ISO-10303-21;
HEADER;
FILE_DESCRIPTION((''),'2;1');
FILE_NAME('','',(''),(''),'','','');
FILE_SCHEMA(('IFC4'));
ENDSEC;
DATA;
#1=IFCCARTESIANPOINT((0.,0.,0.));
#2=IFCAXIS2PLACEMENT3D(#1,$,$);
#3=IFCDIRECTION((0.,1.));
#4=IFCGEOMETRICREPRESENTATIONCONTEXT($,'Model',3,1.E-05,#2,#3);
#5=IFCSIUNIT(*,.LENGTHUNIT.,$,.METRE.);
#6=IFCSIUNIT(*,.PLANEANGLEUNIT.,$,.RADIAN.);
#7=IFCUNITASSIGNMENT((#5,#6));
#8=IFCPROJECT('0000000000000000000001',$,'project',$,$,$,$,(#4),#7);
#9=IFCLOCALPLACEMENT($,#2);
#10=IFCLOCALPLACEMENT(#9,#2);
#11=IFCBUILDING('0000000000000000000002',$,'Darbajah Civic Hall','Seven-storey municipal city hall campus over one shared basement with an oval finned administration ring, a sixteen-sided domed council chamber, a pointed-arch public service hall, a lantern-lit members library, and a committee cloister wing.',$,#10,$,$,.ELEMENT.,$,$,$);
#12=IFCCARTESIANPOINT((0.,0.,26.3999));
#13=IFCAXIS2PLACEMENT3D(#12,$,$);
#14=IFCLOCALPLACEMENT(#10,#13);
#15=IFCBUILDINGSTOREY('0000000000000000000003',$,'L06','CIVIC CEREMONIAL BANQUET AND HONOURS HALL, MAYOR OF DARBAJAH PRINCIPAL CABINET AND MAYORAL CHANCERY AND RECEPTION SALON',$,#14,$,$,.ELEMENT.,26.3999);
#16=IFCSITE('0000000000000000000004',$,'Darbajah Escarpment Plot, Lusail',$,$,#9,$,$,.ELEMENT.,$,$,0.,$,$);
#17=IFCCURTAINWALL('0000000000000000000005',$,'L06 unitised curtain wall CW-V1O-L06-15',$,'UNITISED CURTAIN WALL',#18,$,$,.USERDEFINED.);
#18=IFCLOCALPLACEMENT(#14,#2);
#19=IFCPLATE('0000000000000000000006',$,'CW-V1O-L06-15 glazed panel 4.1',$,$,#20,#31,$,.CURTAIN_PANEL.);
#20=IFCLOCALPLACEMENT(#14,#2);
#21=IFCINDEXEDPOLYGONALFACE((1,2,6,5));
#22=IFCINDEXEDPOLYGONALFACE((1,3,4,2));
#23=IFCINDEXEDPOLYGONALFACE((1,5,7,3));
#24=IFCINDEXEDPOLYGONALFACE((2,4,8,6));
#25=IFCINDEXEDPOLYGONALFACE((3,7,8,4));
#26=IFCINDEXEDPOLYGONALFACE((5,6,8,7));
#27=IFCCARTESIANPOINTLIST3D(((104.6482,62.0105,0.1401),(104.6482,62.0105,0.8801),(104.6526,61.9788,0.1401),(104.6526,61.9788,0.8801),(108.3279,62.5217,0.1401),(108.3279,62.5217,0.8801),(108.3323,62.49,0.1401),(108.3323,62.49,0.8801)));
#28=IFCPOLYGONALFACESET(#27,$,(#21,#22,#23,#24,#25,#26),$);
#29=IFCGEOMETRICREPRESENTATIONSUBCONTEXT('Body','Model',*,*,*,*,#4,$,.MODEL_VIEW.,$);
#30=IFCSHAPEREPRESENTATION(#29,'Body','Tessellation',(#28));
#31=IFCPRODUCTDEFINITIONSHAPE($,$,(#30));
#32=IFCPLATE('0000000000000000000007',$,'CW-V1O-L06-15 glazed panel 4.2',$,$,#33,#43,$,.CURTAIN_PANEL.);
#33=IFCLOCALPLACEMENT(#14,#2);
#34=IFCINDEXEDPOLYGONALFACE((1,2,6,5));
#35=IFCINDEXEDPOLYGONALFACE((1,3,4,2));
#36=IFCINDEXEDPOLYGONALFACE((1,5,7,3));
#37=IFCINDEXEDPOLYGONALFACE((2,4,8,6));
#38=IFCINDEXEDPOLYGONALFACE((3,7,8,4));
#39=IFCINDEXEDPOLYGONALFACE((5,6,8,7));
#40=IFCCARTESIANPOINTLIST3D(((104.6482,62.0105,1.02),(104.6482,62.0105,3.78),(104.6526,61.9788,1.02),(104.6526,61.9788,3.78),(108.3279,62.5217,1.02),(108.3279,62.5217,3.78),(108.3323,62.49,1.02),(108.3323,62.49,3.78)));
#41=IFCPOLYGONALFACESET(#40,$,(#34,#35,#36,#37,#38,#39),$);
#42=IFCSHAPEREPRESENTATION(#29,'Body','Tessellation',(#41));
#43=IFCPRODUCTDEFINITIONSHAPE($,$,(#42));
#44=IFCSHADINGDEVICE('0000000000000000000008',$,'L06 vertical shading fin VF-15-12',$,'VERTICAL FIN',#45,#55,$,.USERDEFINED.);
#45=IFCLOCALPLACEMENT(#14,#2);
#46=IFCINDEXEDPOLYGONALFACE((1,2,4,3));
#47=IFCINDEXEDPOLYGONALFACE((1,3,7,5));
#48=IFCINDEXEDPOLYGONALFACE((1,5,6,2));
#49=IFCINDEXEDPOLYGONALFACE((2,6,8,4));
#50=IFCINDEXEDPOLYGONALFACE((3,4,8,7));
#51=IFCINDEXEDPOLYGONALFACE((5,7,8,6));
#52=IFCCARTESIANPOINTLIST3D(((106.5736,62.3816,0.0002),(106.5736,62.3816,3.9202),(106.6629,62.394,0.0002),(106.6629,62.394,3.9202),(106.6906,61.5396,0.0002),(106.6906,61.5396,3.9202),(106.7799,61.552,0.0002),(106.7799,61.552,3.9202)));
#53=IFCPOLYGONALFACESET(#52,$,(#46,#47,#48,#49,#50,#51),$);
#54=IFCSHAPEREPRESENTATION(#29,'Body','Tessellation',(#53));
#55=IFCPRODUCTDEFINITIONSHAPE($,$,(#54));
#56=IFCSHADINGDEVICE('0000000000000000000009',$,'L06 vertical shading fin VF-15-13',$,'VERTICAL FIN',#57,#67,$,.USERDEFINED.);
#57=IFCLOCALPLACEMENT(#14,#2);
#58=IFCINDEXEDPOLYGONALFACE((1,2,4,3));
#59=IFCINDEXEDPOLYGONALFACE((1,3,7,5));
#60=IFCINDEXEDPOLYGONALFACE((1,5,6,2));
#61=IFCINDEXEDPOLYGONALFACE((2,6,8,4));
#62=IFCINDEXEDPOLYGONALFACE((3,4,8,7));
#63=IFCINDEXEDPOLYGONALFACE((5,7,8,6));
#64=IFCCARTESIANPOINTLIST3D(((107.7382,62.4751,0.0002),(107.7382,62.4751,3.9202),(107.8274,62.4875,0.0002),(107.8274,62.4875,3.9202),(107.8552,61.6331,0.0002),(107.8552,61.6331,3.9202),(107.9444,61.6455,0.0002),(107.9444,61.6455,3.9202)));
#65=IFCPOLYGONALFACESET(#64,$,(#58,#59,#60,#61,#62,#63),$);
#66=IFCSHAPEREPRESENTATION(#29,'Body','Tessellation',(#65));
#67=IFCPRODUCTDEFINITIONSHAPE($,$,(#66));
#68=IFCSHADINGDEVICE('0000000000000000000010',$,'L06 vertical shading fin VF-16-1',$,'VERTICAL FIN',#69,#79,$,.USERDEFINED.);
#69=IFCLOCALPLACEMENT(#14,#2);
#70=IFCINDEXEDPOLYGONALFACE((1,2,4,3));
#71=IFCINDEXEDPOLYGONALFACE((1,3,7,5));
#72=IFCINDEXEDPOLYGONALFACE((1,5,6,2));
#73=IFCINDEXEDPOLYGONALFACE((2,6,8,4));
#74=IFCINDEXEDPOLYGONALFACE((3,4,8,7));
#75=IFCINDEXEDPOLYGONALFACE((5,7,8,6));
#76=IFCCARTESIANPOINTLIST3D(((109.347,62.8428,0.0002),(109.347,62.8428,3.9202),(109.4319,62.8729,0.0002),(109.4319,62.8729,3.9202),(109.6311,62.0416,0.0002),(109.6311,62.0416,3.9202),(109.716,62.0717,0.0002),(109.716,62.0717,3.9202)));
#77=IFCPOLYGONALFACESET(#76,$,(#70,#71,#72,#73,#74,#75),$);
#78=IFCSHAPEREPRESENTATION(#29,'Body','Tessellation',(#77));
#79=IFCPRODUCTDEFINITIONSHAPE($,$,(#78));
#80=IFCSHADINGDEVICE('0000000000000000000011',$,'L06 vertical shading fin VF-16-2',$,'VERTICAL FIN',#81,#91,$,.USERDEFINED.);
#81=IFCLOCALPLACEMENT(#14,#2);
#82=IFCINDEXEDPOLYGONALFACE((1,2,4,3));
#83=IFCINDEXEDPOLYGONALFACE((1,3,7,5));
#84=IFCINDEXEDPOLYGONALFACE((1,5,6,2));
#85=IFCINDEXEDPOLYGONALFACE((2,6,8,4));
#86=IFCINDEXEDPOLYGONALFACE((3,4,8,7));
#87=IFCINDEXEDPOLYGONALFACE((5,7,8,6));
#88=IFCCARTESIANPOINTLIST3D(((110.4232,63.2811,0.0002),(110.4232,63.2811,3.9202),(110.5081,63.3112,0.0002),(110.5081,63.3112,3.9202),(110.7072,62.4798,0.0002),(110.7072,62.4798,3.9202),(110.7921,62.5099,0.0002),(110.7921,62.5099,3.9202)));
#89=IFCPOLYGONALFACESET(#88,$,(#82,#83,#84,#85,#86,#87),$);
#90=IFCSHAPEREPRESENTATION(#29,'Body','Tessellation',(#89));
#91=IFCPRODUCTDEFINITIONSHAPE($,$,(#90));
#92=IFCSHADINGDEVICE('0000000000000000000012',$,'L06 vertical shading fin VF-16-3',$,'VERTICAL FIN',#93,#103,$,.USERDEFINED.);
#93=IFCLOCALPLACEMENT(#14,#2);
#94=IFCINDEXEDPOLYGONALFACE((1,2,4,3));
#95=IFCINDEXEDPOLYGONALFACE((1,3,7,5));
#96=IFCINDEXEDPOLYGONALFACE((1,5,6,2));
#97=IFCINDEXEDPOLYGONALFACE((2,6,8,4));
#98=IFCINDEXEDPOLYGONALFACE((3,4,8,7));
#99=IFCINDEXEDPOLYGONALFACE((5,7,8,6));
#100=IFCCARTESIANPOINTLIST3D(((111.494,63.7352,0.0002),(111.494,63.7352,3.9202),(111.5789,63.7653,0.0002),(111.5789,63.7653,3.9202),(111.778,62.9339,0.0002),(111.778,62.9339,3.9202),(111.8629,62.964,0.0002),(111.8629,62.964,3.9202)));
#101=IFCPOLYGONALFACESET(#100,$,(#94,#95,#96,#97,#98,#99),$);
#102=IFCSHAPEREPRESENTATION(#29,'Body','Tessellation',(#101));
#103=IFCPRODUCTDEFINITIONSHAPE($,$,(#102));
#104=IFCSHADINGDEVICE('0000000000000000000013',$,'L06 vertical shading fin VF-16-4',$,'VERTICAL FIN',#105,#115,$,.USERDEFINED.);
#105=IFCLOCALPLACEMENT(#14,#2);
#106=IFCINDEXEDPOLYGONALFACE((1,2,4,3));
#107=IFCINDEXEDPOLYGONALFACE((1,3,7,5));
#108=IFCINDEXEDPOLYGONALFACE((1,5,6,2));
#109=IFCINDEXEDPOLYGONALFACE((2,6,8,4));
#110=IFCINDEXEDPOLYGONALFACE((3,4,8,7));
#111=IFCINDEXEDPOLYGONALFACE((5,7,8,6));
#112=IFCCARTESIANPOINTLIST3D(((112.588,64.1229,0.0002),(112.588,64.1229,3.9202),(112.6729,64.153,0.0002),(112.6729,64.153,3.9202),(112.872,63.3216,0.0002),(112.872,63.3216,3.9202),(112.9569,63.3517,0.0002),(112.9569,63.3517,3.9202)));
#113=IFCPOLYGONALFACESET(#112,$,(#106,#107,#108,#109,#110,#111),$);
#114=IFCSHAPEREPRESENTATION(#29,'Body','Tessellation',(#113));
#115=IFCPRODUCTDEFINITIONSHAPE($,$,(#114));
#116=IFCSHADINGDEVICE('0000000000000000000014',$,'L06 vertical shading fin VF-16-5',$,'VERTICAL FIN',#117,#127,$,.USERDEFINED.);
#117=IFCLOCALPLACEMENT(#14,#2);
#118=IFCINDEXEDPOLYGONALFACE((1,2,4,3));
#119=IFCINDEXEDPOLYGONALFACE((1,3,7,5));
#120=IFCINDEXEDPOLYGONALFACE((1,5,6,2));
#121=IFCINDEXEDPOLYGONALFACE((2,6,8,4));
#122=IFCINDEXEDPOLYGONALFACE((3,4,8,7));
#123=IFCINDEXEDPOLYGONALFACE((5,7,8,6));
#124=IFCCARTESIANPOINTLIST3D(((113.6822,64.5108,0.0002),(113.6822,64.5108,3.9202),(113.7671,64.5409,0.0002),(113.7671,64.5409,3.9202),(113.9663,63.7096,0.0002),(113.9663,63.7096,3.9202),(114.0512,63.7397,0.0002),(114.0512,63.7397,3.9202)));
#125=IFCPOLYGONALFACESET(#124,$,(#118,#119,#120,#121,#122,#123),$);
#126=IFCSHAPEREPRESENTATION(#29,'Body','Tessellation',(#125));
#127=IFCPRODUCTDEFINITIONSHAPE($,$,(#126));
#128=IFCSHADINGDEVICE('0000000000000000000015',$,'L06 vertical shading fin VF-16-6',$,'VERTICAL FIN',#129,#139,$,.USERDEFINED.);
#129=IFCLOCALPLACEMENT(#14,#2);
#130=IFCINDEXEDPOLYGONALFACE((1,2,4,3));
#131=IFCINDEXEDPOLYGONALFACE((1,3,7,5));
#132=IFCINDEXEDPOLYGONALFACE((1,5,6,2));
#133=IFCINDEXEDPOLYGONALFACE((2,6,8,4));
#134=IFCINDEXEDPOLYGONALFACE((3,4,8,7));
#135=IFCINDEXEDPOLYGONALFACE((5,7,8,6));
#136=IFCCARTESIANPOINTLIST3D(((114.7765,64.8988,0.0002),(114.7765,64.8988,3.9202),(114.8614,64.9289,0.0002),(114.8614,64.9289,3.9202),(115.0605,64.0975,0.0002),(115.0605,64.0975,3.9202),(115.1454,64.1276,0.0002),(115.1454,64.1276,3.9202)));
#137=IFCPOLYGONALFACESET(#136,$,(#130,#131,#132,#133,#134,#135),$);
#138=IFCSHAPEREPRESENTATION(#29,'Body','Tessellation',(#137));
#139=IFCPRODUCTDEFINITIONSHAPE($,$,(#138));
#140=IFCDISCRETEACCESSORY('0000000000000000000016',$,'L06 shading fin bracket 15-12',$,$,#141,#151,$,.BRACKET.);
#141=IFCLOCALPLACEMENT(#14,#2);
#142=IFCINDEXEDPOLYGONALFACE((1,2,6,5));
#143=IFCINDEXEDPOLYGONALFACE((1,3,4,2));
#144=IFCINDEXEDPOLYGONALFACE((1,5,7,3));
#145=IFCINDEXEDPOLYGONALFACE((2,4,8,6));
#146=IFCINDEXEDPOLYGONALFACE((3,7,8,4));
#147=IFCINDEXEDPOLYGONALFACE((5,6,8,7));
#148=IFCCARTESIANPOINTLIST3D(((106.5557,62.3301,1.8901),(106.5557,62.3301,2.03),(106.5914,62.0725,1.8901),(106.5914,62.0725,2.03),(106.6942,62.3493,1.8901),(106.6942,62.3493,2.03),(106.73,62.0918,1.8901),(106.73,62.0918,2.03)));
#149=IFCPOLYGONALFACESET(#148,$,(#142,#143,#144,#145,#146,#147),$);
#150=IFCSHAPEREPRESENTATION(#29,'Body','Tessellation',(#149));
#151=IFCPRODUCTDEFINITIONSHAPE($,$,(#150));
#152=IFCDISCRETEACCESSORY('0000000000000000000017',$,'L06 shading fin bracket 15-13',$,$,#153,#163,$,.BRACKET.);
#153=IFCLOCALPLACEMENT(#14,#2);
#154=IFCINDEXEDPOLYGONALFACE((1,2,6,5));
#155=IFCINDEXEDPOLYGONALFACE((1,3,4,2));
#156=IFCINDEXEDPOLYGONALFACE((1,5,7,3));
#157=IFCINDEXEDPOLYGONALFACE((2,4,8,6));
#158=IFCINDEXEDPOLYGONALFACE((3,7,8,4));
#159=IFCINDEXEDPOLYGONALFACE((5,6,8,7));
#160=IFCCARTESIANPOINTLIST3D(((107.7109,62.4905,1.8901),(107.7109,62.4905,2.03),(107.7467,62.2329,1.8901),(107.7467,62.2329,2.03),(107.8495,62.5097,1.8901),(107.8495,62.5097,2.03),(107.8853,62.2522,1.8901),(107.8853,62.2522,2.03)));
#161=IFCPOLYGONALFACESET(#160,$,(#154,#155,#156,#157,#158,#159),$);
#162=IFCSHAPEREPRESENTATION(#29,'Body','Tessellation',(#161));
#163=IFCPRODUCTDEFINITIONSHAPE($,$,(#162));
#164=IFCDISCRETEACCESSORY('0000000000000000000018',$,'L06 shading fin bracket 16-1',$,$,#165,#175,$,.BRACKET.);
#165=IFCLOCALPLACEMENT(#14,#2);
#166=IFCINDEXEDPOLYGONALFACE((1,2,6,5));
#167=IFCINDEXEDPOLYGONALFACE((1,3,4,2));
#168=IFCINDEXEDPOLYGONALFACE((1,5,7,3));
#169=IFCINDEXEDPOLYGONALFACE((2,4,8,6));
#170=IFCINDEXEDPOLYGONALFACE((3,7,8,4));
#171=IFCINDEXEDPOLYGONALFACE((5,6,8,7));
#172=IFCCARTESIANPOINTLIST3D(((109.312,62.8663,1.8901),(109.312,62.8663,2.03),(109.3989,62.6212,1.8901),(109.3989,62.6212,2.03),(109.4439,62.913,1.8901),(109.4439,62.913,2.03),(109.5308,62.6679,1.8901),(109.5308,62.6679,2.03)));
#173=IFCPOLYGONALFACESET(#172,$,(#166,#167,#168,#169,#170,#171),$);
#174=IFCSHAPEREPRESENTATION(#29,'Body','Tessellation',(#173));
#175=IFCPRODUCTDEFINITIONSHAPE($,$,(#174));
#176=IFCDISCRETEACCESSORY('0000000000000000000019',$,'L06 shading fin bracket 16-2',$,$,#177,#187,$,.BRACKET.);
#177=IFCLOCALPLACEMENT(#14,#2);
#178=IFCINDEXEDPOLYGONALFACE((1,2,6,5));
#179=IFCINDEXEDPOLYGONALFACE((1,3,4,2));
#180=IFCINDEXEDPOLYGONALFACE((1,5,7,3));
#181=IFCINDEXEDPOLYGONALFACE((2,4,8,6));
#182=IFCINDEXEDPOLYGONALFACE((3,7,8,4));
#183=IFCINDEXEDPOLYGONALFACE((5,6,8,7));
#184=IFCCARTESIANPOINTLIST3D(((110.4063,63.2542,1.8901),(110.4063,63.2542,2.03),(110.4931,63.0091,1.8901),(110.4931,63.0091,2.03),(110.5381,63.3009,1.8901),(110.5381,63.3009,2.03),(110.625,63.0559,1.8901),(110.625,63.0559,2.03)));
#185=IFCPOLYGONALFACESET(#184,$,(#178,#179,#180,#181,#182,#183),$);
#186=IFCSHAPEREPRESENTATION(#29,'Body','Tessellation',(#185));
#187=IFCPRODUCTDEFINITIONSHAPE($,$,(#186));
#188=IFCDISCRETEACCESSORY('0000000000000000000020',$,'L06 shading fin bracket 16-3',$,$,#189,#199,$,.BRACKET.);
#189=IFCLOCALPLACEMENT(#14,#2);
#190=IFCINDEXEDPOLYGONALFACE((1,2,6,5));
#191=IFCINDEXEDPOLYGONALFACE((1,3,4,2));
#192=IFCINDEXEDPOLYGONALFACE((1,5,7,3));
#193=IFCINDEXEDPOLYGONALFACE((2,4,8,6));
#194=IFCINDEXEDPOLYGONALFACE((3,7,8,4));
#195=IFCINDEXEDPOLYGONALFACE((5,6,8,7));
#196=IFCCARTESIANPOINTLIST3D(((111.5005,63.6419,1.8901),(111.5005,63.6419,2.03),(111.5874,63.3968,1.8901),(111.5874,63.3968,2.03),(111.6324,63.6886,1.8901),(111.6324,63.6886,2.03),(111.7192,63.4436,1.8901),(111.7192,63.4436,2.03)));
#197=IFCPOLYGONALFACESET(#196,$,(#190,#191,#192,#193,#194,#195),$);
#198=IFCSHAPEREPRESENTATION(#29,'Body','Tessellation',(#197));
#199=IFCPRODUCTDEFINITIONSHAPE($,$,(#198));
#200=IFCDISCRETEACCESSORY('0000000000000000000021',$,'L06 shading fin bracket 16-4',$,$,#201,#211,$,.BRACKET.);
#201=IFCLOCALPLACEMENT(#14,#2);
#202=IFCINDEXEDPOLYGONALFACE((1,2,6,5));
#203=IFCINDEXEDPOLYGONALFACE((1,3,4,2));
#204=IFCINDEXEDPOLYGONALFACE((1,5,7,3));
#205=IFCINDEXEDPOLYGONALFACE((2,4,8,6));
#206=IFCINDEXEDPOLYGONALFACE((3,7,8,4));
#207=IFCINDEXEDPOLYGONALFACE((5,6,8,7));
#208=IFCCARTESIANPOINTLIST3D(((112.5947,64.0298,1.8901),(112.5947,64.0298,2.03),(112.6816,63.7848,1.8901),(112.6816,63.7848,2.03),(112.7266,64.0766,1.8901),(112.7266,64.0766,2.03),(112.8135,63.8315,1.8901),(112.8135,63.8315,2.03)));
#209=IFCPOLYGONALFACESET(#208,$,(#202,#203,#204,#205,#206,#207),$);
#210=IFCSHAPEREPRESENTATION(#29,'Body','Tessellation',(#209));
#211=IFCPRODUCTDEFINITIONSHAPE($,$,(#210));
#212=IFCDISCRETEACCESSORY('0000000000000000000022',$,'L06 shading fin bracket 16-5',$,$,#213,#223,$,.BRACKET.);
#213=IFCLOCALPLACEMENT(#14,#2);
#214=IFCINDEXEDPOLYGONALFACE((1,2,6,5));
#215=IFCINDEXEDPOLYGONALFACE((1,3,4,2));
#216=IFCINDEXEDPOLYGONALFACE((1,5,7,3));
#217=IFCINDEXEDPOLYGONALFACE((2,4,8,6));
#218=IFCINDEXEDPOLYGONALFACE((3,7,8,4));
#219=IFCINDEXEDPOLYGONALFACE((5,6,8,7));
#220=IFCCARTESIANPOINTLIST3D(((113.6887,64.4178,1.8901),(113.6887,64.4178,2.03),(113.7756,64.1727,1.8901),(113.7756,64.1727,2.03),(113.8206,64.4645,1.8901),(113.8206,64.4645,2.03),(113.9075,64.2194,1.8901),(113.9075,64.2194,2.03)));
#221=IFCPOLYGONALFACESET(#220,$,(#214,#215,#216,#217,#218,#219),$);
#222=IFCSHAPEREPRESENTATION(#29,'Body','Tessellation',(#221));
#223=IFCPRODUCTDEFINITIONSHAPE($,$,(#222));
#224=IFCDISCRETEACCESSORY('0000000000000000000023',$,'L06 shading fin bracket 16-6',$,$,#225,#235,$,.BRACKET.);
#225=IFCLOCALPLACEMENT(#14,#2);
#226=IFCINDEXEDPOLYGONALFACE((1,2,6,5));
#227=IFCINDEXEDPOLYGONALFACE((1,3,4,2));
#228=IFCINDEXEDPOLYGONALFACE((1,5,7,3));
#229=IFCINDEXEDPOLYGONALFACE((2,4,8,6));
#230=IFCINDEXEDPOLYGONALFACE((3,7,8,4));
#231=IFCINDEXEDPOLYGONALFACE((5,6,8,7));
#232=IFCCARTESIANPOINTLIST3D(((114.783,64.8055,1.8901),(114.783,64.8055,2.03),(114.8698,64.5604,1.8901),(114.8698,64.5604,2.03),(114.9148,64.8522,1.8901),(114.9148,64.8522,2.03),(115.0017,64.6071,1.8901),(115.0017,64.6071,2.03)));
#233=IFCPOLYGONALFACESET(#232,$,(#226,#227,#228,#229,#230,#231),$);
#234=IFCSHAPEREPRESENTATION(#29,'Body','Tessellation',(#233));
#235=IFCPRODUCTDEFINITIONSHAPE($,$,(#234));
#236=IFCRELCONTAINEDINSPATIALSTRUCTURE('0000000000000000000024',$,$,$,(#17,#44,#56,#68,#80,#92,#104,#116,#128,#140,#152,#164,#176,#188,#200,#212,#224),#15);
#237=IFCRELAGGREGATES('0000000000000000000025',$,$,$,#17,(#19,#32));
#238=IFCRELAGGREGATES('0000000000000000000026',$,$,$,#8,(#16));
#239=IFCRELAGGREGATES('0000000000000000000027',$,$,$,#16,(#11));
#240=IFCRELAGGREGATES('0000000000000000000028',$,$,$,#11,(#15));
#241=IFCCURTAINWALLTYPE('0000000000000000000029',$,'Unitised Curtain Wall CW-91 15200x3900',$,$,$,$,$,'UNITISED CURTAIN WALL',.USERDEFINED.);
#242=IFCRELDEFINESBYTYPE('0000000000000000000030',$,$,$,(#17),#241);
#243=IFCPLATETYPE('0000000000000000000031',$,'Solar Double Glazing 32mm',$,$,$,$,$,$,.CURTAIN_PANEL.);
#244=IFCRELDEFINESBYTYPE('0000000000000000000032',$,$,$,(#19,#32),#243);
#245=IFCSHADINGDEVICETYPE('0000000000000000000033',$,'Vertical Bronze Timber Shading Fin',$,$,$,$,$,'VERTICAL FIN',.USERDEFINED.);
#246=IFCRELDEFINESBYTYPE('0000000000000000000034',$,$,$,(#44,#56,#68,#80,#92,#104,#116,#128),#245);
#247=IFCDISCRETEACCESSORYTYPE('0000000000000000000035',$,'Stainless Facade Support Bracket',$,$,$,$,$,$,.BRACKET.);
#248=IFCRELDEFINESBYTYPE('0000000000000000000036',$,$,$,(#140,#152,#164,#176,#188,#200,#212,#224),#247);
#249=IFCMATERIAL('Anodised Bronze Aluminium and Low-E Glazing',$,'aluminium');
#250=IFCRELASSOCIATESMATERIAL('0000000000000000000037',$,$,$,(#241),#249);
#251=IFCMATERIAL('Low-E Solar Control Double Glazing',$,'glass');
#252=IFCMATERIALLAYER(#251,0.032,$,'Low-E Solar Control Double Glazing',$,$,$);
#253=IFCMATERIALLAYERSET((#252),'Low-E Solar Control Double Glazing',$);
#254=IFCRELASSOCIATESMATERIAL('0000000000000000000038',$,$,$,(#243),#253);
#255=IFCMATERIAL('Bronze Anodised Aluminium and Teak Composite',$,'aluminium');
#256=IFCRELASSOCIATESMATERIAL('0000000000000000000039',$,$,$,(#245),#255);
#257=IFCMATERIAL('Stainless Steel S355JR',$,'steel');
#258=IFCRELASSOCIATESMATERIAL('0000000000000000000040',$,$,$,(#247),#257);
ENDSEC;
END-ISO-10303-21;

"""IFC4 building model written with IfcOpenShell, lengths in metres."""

from ifc_helpers import new_model, si_unit, direction, frame, origin, origin_2d, place, context, subcontext, project, spatial, rectangle, extrude, material, layer, layer_set, type_object, element, aggregate, save


model = new_model("IFC4")

# Units and contexts
model_context = context("Model", 3, precision=1e-05, world=origin(), true_north=direction((0.0, 1.0)))
body_context = subcontext(model_context, "Body", "Model", "MODEL_VIEW")
ifc_project = project(units=[si_unit("LENGTHUNIT", "METRE"), si_unit("PLANEANGLEUNIT", "RADIAN")], contexts=[model_context])

# Site, building, storey
site_placement = place(None, origin())
site = spatial("IfcSite", under=ifc_project, at=site_placement, Name="Darbajah Escarpment Plot, Lusail", CompositionType="ELEMENT", RefElevation=0.0)
building_placement = place(site_placement, origin())
building = spatial("IfcBuilding", under=site, at=building_placement, Name="Darbajah Civic Hall", Description="Seven-storey municipal city hall campus over one shared basement with an oval finned administration ring, a sixteen-sided domed council chamber, a pointed-arch public service hall, a lantern-lit members library, and a committee cloister wing.", CompositionType="ELEMENT")
storey_placement = place(building_placement, frame((0.0, 0.0, 26.3999)))
storey = spatial("IfcBuildingStorey", under=building, at=storey_placement, Name="L06", Description="CIVIC CEREMONIAL BANQUET AND HONOURS HALL, MAYOR OF DARBAJAH PRINCIPAL CABINET AND MAYORAL CHANCERY AND RECEPTION SALON", CompositionType="ELEMENT", Elevation=26.3999)

# Shared definitions
ifc_material_1 = material(Name="Anodised Bronze Aluminium and Low-E Glazing", Category="aluminium")

# Curtain wall
curtain_wall_type_1 = type_object("IfcCurtainWallType", Name="Unitised Curtain Wall CW-91 15200x3900", ElementType="UNITISED CURTAIN WALL", PredefinedType="USERDEFINED", material=ifc_material_1)
curtain_wall_1_placement = place(storey_placement, origin())
curtain_wall_1 = element("IfcCurtainWall", 1, at=curtain_wall_1_placement, inside=storey, type_object=curtain_wall_type_1, Name="L06 unitised curtain wall CW-V1O-L06-15", ObjectType="UNITISED CURTAIN WALL", PredefinedType="USERDEFINED")

# Plates
ifc_material_2 = material(Name="Low-E Solar Control Double Glazing", Category="glass")
ifc_layer_1 = layer(ifc_material_2, 0.032, Name="Low-E Solar Control Double Glazing")
ifc_layer_set_1 = layer_set([ifc_layer_1], Name="Low-E Solar Control Double Glazing")
plate_type_1 = type_object("IfcPlateType", Name="Solar Double Glazing 32mm", PredefinedType="CURTAIN_PANEL", material=ifc_layer_set_1)
plate_1_placement = place(storey_placement, frame((106.4902, 62.2502, 0.1401), z_axis=(0.0, 0.0, 1.0), x_axis=(0.990485, 0.137617, 0.0)))
plate_1 = element("IfcPlate", 2, at=plate_1_placement, type_object=plate_type_1, Name="CW-V1O-L06-15 glazed panel 4.1", PredefinedType="CURTAIN_PANEL", context=body_context, shape_type="SweptSolid", body=[
    extrude(rectangle(XDim=3.7151, YDim=0.032, at=origin_2d()), origin(), (0.0, 0.0, 1.0), 0.74),
])
plate_2_placement = place(storey_placement, frame((106.4902, 62.2502, 1.02), z_axis=(0.0, 0.0, 1.0), x_axis=(0.990485, 0.137617, 0.0)))
plate_2 = element("IfcPlate", 3, at=plate_2_placement, type_object=plate_type_1, Name="CW-V1O-L06-15 glazed panel 4.2", PredefinedType="CURTAIN_PANEL", context=body_context, shape_type="SweptSolid", body=[
    extrude(rectangle(XDim=3.7151, YDim=0.032, at=origin_2d()), origin(), (0.0, 0.0, 1.0), 2.76),
])
aggregate(curtain_wall_1, [plate_1, plate_2])

# Shading devices
ifc_material_3 = material(Name="Bronze Anodised Aluminium and Teak Composite", Category="aluminium")
shading_device_type = type_object("IfcShadingDeviceType", Name="Vertical Bronze Timber Shading Fin", ElementType="VERTICAL FIN", PredefinedType="USERDEFINED", material=ifc_material_3)
for number, where, z_axis, x_axis, name in (
    (4, (106.6768, 61.9668, 0.0002), (0.0, 0.0, 1.0), (0.137617, -0.990485, 0.0), "L06 vertical shading fin VF-15-12"),
    (5, (107.8413, 62.0603, 0.0002), (0.0, 0.0, 1.0), (0.137617, -0.990485, 0.0), "L06 vertical shading fin VF-15-13"),
    (6, (109.5315, 62.4573, 0.0002), (0.0, 0.0, 1.0), (0.334136, -0.942525, 0.0), "L06 vertical shading fin VF-16-1"),
    (7, (110.6077, 62.8955, 0.0002), (0.0, 0.0, 1.0), (0.334136, -0.942525, 0.0), "L06 vertical shading fin VF-16-2"),
    (8, (111.6785, 63.3496, 0.0002), (0.0, 0.0, 1.0), (0.334136, -0.942525, 0.0), "L06 vertical shading fin VF-16-3"),
    (9, (112.7725, 63.7373, 0.0002), (0.0, 0.0, 1.0), (0.334136, -0.942525, 0.0), "L06 vertical shading fin VF-16-4"),
    (10, (113.8667, 64.1252, 0.0002), (0.0, 0.0, 1.0), (0.334136, -0.942525, 0.0), "L06 vertical shading fin VF-16-5"),
    (11, (114.9609, 64.5132, 0.0002), (0.0, 0.0, 1.0), (0.334136, -0.942525, 0.0), "L06 vertical shading fin VF-16-6"),
):
    element("IfcShadingDevice", number, at=place(storey_placement, frame(where, z_axis=z_axis, x_axis=x_axis)), inside=storey, type_object=shading_device_type, Name=name, ObjectType="VERTICAL FIN", PredefinedType="USERDEFINED", context=body_context, shape_type="SweptSolid", body=[
        extrude(rectangle(XDim=0.8501, YDim=0.0901, at=origin_2d()), origin(), (0.0, 0.0, 1.0), 3.9199),
    ])

# Discrete accessories
ifc_material_4 = material(Name="Stainless Steel S355JR", Category="steel")
discrete_accessory_type = type_object("IfcDiscreteAccessoryType", Name="Stainless Facade Support Bracket", PredefinedType="BRACKET", material=ifc_material_4)
for number, where, z_axis, x_axis, name in (
    (12, (106.6428, 62.2109, 1.8901), (0.0, 0.0, 1.0), (0.137617, -0.990485, 0.0), "L06 shading fin bracket 15-12"),
    (13, (107.7981, 62.3713, 1.8901), (0.0, 0.0, 1.0), (0.137617, -0.990485, 0.0), "L06 shading fin bracket 15-13"),
    (14, (109.4214, 62.7671, 1.8901), (0.0, 0.0, 1.0), (0.334136, -0.942525, 0.0), "L06 shading fin bracket 16-1"),
    (15, (110.5156, 63.155, 1.8901), (0.0, 0.0, 1.0), (0.334136, -0.942525, 0.0), "L06 shading fin bracket 16-2"),
    (16, (111.6099, 63.5427, 1.8901), (0.0, 0.0, 1.0), (0.334136, -0.942525, 0.0), "L06 shading fin bracket 16-3"),
    (17, (112.7041, 63.9307, 1.8901), (0.0, 0.0, 1.0), (0.334136, -0.942525, 0.0), "L06 shading fin bracket 16-4"),
    (18, (113.7981, 64.3186, 1.8901), (0.0, 0.0, 1.0), (0.334136, -0.942525, 0.0), "L06 shading fin bracket 16-5"),
    (19, (114.8923, 64.7063, 1.8901), (0.0, 0.0, 1.0), (0.334136, -0.942525, 0.0), "L06 shading fin bracket 16-6"),
):
    element("IfcDiscreteAccessory", number, at=place(storey_placement, frame(where, z_axis=z_axis, x_axis=x_axis)), inside=storey, type_object=discrete_accessory_type, Name=name, PredefinedType="BRACKET", context=body_context, shape_type="SweptSolid", body=[
        extrude(rectangle(XDim=0.26, YDim=0.1399, at=origin_2d()), origin(), (0.0, 0.0, 1.0), 0.1399),
    ])

save(model, "model.ifc")
